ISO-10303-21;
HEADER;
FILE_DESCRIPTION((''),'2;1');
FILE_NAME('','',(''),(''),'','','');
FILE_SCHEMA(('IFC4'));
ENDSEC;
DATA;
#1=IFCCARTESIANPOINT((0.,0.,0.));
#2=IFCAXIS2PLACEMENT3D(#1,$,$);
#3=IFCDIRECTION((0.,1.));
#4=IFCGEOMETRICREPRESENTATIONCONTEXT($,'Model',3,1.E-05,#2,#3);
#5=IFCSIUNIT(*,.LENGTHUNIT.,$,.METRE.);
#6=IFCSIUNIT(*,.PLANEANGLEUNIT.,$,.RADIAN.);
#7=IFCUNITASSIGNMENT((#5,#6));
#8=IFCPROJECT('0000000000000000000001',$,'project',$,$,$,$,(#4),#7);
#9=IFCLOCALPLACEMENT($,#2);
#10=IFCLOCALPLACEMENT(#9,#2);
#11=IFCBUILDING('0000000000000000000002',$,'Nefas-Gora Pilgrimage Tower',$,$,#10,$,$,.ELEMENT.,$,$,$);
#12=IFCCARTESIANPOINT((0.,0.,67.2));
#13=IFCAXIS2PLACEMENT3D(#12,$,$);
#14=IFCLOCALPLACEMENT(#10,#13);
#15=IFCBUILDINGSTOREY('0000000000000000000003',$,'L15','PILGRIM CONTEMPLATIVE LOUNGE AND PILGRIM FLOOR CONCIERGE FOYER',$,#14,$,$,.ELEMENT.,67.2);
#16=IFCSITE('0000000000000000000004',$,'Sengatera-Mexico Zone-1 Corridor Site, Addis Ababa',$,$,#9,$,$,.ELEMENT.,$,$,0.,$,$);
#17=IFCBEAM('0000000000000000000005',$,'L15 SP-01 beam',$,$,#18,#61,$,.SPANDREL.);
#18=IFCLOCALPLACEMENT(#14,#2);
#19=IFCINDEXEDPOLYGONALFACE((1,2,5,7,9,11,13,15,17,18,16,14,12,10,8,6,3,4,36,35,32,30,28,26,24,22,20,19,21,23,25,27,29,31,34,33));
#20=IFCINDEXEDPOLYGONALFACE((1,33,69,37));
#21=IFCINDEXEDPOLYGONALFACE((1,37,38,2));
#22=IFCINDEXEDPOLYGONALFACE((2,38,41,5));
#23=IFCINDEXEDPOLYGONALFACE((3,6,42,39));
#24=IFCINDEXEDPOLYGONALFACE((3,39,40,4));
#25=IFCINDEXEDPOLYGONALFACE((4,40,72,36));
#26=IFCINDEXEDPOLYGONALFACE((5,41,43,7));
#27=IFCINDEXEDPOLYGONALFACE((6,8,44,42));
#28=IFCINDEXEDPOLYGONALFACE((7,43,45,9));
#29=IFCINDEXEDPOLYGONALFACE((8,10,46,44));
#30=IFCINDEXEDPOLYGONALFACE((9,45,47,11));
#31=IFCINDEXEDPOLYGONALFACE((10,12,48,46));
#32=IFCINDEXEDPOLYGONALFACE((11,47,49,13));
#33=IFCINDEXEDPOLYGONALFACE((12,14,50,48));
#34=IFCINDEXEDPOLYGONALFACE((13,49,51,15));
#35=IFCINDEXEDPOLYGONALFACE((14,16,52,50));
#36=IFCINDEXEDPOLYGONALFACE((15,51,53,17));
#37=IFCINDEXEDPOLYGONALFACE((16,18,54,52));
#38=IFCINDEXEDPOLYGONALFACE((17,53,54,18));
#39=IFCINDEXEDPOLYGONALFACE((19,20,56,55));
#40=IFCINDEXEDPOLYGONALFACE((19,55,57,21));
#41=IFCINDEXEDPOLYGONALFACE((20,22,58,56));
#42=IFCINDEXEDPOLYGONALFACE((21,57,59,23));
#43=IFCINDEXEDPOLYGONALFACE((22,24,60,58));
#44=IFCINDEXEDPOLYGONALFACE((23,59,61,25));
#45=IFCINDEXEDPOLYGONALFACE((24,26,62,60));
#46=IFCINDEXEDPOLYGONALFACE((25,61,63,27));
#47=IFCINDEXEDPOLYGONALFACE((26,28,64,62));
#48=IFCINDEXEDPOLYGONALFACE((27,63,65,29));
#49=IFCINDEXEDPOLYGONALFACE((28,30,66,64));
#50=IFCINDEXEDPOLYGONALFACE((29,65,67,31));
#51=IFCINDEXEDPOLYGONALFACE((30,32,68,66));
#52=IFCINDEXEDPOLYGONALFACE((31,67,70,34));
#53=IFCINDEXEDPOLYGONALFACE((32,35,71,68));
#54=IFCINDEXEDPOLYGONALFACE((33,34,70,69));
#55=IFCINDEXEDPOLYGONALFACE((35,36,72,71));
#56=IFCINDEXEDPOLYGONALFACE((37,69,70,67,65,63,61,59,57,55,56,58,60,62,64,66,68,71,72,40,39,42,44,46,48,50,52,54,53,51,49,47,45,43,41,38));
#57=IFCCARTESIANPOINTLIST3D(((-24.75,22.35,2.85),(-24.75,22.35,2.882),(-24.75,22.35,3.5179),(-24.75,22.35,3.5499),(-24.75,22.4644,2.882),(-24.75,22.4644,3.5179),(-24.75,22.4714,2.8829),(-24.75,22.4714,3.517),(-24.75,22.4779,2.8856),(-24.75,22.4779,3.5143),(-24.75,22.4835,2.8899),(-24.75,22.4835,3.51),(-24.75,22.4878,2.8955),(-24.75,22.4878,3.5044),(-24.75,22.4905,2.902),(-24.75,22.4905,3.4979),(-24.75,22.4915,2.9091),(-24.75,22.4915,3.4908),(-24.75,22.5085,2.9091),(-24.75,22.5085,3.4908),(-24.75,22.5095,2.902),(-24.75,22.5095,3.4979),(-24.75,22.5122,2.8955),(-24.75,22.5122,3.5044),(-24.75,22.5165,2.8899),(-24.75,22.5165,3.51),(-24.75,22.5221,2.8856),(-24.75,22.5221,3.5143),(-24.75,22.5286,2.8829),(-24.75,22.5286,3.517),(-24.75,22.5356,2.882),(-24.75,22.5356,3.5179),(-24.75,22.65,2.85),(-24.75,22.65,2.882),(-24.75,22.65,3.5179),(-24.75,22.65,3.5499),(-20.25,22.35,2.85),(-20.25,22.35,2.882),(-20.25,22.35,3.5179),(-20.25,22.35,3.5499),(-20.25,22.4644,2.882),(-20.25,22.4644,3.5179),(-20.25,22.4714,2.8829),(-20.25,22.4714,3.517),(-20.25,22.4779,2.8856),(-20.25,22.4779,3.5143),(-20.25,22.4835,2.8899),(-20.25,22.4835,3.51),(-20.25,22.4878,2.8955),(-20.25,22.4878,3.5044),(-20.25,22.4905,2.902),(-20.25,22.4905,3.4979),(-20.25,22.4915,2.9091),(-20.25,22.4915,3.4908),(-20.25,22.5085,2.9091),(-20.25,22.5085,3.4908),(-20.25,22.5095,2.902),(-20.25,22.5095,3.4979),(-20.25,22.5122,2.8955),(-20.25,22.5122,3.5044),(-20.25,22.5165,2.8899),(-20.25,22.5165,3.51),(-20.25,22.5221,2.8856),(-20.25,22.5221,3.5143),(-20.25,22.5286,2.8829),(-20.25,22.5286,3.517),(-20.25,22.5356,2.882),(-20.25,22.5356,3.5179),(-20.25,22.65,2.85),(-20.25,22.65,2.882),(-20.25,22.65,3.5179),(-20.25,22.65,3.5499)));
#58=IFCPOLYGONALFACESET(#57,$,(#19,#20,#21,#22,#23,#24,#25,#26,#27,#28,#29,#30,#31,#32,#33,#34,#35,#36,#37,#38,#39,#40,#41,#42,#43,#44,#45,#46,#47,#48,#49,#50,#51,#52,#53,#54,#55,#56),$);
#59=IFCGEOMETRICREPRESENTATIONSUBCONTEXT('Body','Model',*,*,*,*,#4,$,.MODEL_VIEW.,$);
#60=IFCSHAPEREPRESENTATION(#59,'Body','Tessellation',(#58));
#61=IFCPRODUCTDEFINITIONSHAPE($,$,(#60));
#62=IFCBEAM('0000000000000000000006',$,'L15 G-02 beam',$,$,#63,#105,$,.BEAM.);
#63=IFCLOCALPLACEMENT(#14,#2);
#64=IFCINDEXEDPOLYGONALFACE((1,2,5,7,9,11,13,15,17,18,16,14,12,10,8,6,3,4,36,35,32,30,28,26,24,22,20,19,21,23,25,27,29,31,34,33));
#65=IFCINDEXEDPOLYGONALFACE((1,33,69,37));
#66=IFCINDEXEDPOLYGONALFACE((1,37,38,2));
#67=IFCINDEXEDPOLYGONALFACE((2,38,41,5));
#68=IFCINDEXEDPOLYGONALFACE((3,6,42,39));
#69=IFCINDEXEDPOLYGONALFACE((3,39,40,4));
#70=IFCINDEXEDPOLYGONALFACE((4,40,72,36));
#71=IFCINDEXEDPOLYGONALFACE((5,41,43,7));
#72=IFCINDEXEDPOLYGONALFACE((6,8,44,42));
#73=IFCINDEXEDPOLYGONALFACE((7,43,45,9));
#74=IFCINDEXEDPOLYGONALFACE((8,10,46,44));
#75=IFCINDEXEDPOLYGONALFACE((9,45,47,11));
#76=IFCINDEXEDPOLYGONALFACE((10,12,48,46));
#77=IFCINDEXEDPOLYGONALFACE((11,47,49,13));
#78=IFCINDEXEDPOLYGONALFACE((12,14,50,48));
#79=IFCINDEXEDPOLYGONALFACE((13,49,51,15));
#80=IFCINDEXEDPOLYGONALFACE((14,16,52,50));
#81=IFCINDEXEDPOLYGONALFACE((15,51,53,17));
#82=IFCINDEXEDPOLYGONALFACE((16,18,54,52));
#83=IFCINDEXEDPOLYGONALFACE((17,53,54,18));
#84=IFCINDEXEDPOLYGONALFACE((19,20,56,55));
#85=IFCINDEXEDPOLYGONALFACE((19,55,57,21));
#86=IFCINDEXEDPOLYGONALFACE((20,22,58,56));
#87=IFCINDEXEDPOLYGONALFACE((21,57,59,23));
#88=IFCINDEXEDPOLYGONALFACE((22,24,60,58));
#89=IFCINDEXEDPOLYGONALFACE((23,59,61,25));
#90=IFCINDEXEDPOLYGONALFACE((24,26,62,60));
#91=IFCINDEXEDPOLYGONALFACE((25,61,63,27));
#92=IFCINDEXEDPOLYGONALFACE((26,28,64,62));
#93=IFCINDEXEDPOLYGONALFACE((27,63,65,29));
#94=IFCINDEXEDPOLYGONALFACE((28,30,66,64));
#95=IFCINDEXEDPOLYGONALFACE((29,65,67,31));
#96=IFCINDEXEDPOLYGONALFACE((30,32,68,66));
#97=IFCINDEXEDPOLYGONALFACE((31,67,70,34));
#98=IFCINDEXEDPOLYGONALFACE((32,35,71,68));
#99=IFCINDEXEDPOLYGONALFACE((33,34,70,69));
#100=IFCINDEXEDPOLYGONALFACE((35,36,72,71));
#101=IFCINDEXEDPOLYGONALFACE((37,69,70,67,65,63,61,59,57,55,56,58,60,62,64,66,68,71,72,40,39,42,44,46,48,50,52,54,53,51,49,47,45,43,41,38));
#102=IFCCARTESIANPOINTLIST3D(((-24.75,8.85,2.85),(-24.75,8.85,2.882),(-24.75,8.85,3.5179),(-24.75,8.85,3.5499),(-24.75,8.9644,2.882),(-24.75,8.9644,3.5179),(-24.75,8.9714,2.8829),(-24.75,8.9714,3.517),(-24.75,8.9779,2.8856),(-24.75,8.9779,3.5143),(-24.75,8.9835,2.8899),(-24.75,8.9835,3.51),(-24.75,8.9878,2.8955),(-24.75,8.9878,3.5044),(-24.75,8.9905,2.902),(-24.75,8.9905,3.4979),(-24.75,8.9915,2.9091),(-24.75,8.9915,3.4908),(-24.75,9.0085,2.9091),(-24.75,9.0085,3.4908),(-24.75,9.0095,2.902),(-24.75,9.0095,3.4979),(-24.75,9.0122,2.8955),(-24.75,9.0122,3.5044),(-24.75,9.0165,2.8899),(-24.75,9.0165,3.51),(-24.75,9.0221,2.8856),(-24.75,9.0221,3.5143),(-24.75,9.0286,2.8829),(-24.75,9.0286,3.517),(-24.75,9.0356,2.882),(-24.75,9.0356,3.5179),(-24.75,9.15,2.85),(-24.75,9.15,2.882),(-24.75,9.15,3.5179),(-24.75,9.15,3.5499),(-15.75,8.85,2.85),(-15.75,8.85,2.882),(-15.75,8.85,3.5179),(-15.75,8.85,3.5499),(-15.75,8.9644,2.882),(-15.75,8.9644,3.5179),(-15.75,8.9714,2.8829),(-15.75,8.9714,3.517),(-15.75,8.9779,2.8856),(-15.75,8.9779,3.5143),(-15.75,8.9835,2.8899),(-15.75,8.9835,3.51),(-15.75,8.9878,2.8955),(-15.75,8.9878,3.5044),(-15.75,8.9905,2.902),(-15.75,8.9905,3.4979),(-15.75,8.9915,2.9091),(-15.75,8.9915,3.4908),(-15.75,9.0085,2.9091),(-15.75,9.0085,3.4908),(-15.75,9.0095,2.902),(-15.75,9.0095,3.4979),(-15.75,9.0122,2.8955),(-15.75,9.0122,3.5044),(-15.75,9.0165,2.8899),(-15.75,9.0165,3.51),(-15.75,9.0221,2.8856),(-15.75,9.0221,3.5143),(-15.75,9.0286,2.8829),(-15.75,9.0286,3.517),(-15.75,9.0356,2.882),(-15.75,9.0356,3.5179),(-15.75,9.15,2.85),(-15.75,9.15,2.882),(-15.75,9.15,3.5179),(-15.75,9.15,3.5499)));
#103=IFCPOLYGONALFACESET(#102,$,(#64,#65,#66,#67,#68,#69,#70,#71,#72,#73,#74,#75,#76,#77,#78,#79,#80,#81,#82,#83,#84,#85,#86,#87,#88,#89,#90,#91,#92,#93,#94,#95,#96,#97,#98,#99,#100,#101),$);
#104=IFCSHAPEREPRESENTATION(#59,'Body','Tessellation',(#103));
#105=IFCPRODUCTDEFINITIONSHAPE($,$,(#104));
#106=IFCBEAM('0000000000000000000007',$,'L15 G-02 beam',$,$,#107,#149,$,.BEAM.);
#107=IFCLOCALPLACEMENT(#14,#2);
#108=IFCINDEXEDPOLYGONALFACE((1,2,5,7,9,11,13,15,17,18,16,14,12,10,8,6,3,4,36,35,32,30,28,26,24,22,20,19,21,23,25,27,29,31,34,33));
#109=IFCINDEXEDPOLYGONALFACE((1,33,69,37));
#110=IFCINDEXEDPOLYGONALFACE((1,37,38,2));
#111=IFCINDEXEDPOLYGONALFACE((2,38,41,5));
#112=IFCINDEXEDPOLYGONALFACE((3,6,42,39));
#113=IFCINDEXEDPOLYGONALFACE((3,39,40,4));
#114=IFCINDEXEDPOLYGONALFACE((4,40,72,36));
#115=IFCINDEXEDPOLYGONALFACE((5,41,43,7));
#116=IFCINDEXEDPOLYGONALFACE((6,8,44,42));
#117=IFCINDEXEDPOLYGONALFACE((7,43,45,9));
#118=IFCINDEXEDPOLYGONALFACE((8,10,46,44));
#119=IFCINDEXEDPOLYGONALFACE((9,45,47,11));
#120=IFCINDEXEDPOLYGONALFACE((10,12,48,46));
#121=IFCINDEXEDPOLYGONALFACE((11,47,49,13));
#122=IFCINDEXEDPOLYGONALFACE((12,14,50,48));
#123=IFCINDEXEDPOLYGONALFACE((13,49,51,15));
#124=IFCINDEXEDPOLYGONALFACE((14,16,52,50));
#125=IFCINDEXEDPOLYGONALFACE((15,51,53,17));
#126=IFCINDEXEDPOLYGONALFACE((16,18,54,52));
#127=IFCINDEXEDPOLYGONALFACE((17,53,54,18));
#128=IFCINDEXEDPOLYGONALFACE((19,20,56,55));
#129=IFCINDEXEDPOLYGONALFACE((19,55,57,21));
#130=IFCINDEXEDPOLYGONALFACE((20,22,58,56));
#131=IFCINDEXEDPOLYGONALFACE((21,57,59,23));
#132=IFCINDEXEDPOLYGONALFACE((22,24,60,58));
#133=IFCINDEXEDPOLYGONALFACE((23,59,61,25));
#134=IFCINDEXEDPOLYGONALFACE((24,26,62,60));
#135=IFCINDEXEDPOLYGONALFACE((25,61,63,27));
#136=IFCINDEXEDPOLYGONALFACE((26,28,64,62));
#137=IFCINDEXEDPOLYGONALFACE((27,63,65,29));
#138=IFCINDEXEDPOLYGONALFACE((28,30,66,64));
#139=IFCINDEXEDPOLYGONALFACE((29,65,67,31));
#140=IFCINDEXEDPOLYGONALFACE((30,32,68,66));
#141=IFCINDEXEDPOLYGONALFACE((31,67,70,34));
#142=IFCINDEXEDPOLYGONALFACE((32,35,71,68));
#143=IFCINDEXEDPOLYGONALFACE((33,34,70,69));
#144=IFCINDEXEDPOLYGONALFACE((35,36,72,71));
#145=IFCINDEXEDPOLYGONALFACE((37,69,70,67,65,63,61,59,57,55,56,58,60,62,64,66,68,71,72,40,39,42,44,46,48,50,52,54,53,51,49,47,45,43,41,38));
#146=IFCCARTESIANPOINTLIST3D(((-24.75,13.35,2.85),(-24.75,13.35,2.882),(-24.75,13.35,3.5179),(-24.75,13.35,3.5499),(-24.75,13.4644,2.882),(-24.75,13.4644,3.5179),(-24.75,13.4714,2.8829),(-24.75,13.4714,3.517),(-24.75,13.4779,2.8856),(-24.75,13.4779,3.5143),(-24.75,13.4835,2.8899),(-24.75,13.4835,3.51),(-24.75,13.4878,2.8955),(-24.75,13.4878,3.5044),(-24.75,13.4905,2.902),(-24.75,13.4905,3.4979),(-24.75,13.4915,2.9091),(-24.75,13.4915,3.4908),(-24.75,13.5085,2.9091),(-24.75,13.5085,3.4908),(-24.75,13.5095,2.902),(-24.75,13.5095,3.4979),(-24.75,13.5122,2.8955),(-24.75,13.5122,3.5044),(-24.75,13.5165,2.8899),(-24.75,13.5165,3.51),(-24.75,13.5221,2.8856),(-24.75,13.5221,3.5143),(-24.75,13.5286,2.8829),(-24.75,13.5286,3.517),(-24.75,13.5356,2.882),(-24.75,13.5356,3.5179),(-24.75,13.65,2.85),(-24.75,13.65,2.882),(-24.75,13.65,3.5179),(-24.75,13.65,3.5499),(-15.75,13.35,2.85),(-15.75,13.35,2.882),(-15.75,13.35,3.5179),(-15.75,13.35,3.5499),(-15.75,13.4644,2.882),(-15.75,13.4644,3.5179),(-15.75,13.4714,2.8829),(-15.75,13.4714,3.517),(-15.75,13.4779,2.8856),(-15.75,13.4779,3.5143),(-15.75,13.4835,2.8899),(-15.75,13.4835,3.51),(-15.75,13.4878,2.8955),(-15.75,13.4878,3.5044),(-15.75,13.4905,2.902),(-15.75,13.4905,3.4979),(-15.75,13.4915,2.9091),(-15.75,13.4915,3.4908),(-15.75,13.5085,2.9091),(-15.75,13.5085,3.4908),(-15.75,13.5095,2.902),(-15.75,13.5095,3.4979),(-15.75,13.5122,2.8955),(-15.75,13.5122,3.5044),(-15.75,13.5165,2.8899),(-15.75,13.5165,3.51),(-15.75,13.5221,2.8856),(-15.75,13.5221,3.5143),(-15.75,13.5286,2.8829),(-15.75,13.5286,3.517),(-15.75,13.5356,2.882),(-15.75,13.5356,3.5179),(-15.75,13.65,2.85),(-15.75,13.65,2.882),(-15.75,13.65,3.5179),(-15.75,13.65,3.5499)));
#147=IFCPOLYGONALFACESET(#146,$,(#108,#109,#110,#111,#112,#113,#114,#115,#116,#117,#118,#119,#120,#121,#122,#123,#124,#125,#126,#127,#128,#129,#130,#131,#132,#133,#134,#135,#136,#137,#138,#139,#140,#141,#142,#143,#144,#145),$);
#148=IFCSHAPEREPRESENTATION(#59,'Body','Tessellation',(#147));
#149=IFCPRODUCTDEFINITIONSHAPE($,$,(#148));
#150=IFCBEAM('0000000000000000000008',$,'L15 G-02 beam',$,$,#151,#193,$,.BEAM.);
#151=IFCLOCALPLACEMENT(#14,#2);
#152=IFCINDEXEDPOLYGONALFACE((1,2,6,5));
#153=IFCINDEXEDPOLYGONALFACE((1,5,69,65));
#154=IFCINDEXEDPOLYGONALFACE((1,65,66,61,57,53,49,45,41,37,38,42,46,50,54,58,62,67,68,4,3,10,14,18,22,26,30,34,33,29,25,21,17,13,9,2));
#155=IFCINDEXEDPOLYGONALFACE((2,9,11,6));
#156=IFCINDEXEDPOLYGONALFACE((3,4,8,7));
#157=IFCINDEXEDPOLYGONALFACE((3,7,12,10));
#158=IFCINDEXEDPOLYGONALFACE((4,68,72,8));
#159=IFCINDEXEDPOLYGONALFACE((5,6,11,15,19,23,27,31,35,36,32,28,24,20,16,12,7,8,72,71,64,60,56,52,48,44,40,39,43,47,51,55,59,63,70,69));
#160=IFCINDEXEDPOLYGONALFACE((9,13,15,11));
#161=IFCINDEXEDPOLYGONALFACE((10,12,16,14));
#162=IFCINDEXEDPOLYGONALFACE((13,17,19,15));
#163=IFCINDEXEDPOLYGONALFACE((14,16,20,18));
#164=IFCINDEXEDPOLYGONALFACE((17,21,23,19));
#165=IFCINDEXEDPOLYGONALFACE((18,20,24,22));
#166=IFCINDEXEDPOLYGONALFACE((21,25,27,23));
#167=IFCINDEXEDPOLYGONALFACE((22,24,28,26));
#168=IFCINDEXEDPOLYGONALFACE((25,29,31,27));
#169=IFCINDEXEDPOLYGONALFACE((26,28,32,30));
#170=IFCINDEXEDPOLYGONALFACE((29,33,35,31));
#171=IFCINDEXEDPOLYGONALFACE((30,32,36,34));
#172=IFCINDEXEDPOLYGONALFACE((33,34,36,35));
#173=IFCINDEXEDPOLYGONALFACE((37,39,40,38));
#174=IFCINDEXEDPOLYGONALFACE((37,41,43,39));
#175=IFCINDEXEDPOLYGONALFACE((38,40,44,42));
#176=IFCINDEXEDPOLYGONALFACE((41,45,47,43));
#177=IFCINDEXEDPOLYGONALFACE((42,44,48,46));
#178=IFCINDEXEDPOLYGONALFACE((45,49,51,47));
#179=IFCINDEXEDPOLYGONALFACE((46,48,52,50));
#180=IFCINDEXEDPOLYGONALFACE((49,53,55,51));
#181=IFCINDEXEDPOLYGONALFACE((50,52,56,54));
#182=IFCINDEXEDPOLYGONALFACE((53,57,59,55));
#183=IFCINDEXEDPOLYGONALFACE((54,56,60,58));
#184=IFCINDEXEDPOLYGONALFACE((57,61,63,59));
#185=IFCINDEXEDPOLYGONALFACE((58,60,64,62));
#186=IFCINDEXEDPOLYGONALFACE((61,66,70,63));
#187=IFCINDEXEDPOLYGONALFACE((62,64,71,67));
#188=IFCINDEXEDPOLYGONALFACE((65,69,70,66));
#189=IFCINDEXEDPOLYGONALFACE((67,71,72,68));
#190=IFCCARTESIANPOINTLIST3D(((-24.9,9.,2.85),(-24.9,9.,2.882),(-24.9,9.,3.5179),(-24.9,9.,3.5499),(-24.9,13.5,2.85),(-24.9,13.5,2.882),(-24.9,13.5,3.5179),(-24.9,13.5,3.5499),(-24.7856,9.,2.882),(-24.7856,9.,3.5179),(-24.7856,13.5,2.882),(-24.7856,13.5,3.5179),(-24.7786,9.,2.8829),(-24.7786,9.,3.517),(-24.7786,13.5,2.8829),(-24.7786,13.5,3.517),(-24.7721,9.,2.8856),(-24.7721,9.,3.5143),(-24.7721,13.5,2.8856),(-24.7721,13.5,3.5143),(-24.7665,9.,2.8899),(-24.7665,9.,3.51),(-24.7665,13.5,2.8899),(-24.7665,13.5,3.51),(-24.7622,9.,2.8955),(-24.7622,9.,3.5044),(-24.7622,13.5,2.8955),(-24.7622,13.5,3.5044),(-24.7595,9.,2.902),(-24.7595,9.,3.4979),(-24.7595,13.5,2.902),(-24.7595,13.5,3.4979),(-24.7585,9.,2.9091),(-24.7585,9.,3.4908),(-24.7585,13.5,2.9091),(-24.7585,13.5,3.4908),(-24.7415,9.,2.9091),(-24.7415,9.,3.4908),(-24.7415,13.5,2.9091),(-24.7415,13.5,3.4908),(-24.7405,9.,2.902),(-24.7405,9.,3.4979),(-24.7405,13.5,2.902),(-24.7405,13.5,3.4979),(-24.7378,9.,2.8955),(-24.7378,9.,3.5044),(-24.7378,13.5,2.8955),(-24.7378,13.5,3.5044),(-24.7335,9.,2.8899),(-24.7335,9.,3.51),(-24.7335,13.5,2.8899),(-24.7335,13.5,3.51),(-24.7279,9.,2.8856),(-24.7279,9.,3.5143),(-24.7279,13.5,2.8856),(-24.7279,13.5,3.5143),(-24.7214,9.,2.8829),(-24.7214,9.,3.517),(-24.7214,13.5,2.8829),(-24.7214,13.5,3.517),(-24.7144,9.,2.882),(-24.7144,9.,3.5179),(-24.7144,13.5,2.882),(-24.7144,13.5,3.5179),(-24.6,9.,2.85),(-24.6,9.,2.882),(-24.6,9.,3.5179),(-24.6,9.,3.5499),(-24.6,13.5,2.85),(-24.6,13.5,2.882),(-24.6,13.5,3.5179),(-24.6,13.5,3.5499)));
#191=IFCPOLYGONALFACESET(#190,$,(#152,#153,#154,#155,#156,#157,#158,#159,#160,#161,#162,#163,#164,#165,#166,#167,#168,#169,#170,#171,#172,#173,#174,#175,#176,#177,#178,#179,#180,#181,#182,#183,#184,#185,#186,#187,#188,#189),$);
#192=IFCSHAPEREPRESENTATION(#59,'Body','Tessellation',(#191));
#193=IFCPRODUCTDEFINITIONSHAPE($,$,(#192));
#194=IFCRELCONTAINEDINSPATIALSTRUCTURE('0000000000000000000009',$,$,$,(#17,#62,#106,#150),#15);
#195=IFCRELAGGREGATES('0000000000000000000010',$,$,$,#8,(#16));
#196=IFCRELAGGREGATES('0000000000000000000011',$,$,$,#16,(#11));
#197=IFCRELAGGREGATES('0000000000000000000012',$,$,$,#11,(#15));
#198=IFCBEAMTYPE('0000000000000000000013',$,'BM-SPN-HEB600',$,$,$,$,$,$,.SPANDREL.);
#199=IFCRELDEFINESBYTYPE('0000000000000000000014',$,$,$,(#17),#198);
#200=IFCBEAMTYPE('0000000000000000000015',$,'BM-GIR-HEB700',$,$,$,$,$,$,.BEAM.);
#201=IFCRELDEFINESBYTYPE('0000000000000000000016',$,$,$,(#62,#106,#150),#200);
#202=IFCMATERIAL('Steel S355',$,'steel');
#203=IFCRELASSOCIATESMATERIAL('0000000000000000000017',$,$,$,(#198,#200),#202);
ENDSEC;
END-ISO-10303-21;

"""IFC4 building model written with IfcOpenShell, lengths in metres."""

from ifc_helpers import new_model, si_unit, direction, frame, origin, origin_2d, place, context, subcontext, project, spatial, i_section, extrude, source, transform, mapped, material, material_profile, profile_set, type_object, element, save


model = new_model("IFC4")

# Units and contexts
model_context = context("Model", 3, precision=1e-05, world=origin(), true_north=direction((0.0, 1.0)))
body_context = subcontext(model_context, "Body", "Model", "MODEL_VIEW")
ifc_project = project(units=[si_unit("LENGTHUNIT", "METRE"), si_unit("PLANEANGLEUNIT", "RADIAN")], contexts=[model_context])

# Site, building, storey
site_placement = place(None, origin())
site = spatial("IfcSite", under=ifc_project, at=site_placement, Name="Sengatera-Mexico Zone-1 Corridor Site, Addis Ababa", CompositionType="ELEMENT", RefElevation=0.0)
building_placement = place(site_placement, origin())
building = spatial("IfcBuilding", under=site, at=building_placement, Name="Nefas-Gora Pilgrimage Tower", CompositionType="ELEMENT")
storey_placement = place(building_placement, frame((0.0, 0.0, 67.2)))
storey = spatial("IfcBuildingStorey", under=building, at=storey_placement, Name="L15", Description="PILGRIM CONTEMPLATIVE LOUNGE AND PILGRIM FLOOR CONCIERGE FOYER", CompositionType="ELEMENT", Elevation=67.2)

# Beams
ifc_material_1 = material(Name="Steel S355", Category="steel")
ifc_material_profile_1 = material_profile(ifc_material_1, i_section(OverallWidth=0.3, OverallDepth=0.7, WebThickness=0.0171, FlangeThickness=0.032, FilletRadius=0.0271, at=origin_2d()), Name="HEB 700")
ifc_profile_set_1 = profile_set([ifc_material_profile_1], Name="Steel S355")
beam_type_1 = type_object("IfcBeamType", Name="BM-SPN-HEB600", PredefinedType="SPANDREL", material=ifc_profile_set_1)
shared_shape_1 = source(origin(), body_context, "Body", "SweptSolid", [
    extrude(i_section(OverallWidth=0.3, OverallDepth=0.7, WebThickness=0.0171, FlangeThickness=0.032, FilletRadius=0.0271, at=origin_2d()), origin(), (0.0, 0.0, 1.0), 4.5),
])
beam_placement = place(storey_placement, frame((-24.75, 22.5, 3.2), z_axis=(1.0, 0.0, 0.0), x_axis=(0.0, 1.0, 0.0)))
element("IfcBeam", 1, at=beam_placement, inside=storey, type_object=beam_type_1, Name="L15 SP-01 beam", PredefinedType="SPANDREL", context=body_context, shape_type="MappedRepresentation", body=[
    mapped(shared_shape_1, transform((0.0, 0.0, 0.0), x_axis=(1.0, 0.0, 0.0), y_axis=(0.0, 1.0, 0.0), z_axis=(0.0, 0.0, 1.0), scale=1.0)),
])
ifc_material_profile_2 = material_profile(ifc_material_1, i_section(OverallWidth=0.3, OverallDepth=0.7, WebThickness=0.0171, FlangeThickness=0.032, FilletRadius=0.0271, at=origin_2d()), Name="HEB 700")
ifc_profile_set_2 = profile_set([ifc_material_profile_2], Name="Steel S355")
beam_type_2 = type_object("IfcBeamType", Name="BM-GIR-HEB700", PredefinedType="BEAM", material=ifc_profile_set_2)
shared_shape_2 = source(origin(), body_context, "Body", "SweptSolid", [
    extrude(i_section(OverallWidth=0.3, OverallDepth=0.7, WebThickness=0.0171, FlangeThickness=0.032, FilletRadius=0.0271, at=origin_2d()), origin(), (0.0, 0.0, 1.0), 9.0),
])
for number, where, z_axis, x_axis, name in (
    (2, (-24.75, 9.0, 3.2), (1.0, 0.0, 0.0), (0.0, 1.0, 0.0), "L15 G-02 beam"),
    (3, (-24.75, 13.5, 3.2), (1.0, 0.0, 0.0), (0.0, 1.0, 0.0), "L15 G-02 beam"),
):
    element("IfcBeam", number, at=place(storey_placement, frame(where, z_axis=z_axis, x_axis=x_axis)), inside=storey, type_object=beam_type_2, Name=name, PredefinedType="BEAM", context=body_context, shape_type="MappedRepresentation", body=[
        mapped(shared_shape_2, transform((0.0, 0.0, 0.0), x_axis=(1.0, 0.0, 0.0), y_axis=(0.0, 1.0, 0.0), z_axis=(0.0, 0.0, 1.0), scale=1.0)),
    ])
shared_shape_3 = source(origin(), body_context, "Body", "SweptSolid", [
    extrude(i_section(OverallWidth=0.3, OverallDepth=0.7, WebThickness=0.0171, FlangeThickness=0.032, FilletRadius=0.0271, at=origin_2d()), origin(), (0.0, 0.0, 1.0), 4.5),
])
for number, where, z_axis, x_axis, name in (
    (4, (-24.75, 9.0, 3.2), (0.0, 1.0, 0.0), (-1.0, 0.0, 0.0), "L15 G-02 beam"),
):
    element("IfcBeam", number, at=place(storey_placement, frame(where, z_axis=z_axis, x_axis=x_axis)), inside=storey, type_object=beam_type_2, Name=name, PredefinedType="BEAM", context=body_context, shape_type="MappedRepresentation", body=[
        mapped(shared_shape_3, transform((0.0, 0.0, 0.0), x_axis=(1.0, 0.0, 0.0), y_axis=(0.0, 1.0, 0.0), z_axis=(0.0, 0.0, 1.0), scale=1.0)),
    ])

save(model, "model.ifc")
